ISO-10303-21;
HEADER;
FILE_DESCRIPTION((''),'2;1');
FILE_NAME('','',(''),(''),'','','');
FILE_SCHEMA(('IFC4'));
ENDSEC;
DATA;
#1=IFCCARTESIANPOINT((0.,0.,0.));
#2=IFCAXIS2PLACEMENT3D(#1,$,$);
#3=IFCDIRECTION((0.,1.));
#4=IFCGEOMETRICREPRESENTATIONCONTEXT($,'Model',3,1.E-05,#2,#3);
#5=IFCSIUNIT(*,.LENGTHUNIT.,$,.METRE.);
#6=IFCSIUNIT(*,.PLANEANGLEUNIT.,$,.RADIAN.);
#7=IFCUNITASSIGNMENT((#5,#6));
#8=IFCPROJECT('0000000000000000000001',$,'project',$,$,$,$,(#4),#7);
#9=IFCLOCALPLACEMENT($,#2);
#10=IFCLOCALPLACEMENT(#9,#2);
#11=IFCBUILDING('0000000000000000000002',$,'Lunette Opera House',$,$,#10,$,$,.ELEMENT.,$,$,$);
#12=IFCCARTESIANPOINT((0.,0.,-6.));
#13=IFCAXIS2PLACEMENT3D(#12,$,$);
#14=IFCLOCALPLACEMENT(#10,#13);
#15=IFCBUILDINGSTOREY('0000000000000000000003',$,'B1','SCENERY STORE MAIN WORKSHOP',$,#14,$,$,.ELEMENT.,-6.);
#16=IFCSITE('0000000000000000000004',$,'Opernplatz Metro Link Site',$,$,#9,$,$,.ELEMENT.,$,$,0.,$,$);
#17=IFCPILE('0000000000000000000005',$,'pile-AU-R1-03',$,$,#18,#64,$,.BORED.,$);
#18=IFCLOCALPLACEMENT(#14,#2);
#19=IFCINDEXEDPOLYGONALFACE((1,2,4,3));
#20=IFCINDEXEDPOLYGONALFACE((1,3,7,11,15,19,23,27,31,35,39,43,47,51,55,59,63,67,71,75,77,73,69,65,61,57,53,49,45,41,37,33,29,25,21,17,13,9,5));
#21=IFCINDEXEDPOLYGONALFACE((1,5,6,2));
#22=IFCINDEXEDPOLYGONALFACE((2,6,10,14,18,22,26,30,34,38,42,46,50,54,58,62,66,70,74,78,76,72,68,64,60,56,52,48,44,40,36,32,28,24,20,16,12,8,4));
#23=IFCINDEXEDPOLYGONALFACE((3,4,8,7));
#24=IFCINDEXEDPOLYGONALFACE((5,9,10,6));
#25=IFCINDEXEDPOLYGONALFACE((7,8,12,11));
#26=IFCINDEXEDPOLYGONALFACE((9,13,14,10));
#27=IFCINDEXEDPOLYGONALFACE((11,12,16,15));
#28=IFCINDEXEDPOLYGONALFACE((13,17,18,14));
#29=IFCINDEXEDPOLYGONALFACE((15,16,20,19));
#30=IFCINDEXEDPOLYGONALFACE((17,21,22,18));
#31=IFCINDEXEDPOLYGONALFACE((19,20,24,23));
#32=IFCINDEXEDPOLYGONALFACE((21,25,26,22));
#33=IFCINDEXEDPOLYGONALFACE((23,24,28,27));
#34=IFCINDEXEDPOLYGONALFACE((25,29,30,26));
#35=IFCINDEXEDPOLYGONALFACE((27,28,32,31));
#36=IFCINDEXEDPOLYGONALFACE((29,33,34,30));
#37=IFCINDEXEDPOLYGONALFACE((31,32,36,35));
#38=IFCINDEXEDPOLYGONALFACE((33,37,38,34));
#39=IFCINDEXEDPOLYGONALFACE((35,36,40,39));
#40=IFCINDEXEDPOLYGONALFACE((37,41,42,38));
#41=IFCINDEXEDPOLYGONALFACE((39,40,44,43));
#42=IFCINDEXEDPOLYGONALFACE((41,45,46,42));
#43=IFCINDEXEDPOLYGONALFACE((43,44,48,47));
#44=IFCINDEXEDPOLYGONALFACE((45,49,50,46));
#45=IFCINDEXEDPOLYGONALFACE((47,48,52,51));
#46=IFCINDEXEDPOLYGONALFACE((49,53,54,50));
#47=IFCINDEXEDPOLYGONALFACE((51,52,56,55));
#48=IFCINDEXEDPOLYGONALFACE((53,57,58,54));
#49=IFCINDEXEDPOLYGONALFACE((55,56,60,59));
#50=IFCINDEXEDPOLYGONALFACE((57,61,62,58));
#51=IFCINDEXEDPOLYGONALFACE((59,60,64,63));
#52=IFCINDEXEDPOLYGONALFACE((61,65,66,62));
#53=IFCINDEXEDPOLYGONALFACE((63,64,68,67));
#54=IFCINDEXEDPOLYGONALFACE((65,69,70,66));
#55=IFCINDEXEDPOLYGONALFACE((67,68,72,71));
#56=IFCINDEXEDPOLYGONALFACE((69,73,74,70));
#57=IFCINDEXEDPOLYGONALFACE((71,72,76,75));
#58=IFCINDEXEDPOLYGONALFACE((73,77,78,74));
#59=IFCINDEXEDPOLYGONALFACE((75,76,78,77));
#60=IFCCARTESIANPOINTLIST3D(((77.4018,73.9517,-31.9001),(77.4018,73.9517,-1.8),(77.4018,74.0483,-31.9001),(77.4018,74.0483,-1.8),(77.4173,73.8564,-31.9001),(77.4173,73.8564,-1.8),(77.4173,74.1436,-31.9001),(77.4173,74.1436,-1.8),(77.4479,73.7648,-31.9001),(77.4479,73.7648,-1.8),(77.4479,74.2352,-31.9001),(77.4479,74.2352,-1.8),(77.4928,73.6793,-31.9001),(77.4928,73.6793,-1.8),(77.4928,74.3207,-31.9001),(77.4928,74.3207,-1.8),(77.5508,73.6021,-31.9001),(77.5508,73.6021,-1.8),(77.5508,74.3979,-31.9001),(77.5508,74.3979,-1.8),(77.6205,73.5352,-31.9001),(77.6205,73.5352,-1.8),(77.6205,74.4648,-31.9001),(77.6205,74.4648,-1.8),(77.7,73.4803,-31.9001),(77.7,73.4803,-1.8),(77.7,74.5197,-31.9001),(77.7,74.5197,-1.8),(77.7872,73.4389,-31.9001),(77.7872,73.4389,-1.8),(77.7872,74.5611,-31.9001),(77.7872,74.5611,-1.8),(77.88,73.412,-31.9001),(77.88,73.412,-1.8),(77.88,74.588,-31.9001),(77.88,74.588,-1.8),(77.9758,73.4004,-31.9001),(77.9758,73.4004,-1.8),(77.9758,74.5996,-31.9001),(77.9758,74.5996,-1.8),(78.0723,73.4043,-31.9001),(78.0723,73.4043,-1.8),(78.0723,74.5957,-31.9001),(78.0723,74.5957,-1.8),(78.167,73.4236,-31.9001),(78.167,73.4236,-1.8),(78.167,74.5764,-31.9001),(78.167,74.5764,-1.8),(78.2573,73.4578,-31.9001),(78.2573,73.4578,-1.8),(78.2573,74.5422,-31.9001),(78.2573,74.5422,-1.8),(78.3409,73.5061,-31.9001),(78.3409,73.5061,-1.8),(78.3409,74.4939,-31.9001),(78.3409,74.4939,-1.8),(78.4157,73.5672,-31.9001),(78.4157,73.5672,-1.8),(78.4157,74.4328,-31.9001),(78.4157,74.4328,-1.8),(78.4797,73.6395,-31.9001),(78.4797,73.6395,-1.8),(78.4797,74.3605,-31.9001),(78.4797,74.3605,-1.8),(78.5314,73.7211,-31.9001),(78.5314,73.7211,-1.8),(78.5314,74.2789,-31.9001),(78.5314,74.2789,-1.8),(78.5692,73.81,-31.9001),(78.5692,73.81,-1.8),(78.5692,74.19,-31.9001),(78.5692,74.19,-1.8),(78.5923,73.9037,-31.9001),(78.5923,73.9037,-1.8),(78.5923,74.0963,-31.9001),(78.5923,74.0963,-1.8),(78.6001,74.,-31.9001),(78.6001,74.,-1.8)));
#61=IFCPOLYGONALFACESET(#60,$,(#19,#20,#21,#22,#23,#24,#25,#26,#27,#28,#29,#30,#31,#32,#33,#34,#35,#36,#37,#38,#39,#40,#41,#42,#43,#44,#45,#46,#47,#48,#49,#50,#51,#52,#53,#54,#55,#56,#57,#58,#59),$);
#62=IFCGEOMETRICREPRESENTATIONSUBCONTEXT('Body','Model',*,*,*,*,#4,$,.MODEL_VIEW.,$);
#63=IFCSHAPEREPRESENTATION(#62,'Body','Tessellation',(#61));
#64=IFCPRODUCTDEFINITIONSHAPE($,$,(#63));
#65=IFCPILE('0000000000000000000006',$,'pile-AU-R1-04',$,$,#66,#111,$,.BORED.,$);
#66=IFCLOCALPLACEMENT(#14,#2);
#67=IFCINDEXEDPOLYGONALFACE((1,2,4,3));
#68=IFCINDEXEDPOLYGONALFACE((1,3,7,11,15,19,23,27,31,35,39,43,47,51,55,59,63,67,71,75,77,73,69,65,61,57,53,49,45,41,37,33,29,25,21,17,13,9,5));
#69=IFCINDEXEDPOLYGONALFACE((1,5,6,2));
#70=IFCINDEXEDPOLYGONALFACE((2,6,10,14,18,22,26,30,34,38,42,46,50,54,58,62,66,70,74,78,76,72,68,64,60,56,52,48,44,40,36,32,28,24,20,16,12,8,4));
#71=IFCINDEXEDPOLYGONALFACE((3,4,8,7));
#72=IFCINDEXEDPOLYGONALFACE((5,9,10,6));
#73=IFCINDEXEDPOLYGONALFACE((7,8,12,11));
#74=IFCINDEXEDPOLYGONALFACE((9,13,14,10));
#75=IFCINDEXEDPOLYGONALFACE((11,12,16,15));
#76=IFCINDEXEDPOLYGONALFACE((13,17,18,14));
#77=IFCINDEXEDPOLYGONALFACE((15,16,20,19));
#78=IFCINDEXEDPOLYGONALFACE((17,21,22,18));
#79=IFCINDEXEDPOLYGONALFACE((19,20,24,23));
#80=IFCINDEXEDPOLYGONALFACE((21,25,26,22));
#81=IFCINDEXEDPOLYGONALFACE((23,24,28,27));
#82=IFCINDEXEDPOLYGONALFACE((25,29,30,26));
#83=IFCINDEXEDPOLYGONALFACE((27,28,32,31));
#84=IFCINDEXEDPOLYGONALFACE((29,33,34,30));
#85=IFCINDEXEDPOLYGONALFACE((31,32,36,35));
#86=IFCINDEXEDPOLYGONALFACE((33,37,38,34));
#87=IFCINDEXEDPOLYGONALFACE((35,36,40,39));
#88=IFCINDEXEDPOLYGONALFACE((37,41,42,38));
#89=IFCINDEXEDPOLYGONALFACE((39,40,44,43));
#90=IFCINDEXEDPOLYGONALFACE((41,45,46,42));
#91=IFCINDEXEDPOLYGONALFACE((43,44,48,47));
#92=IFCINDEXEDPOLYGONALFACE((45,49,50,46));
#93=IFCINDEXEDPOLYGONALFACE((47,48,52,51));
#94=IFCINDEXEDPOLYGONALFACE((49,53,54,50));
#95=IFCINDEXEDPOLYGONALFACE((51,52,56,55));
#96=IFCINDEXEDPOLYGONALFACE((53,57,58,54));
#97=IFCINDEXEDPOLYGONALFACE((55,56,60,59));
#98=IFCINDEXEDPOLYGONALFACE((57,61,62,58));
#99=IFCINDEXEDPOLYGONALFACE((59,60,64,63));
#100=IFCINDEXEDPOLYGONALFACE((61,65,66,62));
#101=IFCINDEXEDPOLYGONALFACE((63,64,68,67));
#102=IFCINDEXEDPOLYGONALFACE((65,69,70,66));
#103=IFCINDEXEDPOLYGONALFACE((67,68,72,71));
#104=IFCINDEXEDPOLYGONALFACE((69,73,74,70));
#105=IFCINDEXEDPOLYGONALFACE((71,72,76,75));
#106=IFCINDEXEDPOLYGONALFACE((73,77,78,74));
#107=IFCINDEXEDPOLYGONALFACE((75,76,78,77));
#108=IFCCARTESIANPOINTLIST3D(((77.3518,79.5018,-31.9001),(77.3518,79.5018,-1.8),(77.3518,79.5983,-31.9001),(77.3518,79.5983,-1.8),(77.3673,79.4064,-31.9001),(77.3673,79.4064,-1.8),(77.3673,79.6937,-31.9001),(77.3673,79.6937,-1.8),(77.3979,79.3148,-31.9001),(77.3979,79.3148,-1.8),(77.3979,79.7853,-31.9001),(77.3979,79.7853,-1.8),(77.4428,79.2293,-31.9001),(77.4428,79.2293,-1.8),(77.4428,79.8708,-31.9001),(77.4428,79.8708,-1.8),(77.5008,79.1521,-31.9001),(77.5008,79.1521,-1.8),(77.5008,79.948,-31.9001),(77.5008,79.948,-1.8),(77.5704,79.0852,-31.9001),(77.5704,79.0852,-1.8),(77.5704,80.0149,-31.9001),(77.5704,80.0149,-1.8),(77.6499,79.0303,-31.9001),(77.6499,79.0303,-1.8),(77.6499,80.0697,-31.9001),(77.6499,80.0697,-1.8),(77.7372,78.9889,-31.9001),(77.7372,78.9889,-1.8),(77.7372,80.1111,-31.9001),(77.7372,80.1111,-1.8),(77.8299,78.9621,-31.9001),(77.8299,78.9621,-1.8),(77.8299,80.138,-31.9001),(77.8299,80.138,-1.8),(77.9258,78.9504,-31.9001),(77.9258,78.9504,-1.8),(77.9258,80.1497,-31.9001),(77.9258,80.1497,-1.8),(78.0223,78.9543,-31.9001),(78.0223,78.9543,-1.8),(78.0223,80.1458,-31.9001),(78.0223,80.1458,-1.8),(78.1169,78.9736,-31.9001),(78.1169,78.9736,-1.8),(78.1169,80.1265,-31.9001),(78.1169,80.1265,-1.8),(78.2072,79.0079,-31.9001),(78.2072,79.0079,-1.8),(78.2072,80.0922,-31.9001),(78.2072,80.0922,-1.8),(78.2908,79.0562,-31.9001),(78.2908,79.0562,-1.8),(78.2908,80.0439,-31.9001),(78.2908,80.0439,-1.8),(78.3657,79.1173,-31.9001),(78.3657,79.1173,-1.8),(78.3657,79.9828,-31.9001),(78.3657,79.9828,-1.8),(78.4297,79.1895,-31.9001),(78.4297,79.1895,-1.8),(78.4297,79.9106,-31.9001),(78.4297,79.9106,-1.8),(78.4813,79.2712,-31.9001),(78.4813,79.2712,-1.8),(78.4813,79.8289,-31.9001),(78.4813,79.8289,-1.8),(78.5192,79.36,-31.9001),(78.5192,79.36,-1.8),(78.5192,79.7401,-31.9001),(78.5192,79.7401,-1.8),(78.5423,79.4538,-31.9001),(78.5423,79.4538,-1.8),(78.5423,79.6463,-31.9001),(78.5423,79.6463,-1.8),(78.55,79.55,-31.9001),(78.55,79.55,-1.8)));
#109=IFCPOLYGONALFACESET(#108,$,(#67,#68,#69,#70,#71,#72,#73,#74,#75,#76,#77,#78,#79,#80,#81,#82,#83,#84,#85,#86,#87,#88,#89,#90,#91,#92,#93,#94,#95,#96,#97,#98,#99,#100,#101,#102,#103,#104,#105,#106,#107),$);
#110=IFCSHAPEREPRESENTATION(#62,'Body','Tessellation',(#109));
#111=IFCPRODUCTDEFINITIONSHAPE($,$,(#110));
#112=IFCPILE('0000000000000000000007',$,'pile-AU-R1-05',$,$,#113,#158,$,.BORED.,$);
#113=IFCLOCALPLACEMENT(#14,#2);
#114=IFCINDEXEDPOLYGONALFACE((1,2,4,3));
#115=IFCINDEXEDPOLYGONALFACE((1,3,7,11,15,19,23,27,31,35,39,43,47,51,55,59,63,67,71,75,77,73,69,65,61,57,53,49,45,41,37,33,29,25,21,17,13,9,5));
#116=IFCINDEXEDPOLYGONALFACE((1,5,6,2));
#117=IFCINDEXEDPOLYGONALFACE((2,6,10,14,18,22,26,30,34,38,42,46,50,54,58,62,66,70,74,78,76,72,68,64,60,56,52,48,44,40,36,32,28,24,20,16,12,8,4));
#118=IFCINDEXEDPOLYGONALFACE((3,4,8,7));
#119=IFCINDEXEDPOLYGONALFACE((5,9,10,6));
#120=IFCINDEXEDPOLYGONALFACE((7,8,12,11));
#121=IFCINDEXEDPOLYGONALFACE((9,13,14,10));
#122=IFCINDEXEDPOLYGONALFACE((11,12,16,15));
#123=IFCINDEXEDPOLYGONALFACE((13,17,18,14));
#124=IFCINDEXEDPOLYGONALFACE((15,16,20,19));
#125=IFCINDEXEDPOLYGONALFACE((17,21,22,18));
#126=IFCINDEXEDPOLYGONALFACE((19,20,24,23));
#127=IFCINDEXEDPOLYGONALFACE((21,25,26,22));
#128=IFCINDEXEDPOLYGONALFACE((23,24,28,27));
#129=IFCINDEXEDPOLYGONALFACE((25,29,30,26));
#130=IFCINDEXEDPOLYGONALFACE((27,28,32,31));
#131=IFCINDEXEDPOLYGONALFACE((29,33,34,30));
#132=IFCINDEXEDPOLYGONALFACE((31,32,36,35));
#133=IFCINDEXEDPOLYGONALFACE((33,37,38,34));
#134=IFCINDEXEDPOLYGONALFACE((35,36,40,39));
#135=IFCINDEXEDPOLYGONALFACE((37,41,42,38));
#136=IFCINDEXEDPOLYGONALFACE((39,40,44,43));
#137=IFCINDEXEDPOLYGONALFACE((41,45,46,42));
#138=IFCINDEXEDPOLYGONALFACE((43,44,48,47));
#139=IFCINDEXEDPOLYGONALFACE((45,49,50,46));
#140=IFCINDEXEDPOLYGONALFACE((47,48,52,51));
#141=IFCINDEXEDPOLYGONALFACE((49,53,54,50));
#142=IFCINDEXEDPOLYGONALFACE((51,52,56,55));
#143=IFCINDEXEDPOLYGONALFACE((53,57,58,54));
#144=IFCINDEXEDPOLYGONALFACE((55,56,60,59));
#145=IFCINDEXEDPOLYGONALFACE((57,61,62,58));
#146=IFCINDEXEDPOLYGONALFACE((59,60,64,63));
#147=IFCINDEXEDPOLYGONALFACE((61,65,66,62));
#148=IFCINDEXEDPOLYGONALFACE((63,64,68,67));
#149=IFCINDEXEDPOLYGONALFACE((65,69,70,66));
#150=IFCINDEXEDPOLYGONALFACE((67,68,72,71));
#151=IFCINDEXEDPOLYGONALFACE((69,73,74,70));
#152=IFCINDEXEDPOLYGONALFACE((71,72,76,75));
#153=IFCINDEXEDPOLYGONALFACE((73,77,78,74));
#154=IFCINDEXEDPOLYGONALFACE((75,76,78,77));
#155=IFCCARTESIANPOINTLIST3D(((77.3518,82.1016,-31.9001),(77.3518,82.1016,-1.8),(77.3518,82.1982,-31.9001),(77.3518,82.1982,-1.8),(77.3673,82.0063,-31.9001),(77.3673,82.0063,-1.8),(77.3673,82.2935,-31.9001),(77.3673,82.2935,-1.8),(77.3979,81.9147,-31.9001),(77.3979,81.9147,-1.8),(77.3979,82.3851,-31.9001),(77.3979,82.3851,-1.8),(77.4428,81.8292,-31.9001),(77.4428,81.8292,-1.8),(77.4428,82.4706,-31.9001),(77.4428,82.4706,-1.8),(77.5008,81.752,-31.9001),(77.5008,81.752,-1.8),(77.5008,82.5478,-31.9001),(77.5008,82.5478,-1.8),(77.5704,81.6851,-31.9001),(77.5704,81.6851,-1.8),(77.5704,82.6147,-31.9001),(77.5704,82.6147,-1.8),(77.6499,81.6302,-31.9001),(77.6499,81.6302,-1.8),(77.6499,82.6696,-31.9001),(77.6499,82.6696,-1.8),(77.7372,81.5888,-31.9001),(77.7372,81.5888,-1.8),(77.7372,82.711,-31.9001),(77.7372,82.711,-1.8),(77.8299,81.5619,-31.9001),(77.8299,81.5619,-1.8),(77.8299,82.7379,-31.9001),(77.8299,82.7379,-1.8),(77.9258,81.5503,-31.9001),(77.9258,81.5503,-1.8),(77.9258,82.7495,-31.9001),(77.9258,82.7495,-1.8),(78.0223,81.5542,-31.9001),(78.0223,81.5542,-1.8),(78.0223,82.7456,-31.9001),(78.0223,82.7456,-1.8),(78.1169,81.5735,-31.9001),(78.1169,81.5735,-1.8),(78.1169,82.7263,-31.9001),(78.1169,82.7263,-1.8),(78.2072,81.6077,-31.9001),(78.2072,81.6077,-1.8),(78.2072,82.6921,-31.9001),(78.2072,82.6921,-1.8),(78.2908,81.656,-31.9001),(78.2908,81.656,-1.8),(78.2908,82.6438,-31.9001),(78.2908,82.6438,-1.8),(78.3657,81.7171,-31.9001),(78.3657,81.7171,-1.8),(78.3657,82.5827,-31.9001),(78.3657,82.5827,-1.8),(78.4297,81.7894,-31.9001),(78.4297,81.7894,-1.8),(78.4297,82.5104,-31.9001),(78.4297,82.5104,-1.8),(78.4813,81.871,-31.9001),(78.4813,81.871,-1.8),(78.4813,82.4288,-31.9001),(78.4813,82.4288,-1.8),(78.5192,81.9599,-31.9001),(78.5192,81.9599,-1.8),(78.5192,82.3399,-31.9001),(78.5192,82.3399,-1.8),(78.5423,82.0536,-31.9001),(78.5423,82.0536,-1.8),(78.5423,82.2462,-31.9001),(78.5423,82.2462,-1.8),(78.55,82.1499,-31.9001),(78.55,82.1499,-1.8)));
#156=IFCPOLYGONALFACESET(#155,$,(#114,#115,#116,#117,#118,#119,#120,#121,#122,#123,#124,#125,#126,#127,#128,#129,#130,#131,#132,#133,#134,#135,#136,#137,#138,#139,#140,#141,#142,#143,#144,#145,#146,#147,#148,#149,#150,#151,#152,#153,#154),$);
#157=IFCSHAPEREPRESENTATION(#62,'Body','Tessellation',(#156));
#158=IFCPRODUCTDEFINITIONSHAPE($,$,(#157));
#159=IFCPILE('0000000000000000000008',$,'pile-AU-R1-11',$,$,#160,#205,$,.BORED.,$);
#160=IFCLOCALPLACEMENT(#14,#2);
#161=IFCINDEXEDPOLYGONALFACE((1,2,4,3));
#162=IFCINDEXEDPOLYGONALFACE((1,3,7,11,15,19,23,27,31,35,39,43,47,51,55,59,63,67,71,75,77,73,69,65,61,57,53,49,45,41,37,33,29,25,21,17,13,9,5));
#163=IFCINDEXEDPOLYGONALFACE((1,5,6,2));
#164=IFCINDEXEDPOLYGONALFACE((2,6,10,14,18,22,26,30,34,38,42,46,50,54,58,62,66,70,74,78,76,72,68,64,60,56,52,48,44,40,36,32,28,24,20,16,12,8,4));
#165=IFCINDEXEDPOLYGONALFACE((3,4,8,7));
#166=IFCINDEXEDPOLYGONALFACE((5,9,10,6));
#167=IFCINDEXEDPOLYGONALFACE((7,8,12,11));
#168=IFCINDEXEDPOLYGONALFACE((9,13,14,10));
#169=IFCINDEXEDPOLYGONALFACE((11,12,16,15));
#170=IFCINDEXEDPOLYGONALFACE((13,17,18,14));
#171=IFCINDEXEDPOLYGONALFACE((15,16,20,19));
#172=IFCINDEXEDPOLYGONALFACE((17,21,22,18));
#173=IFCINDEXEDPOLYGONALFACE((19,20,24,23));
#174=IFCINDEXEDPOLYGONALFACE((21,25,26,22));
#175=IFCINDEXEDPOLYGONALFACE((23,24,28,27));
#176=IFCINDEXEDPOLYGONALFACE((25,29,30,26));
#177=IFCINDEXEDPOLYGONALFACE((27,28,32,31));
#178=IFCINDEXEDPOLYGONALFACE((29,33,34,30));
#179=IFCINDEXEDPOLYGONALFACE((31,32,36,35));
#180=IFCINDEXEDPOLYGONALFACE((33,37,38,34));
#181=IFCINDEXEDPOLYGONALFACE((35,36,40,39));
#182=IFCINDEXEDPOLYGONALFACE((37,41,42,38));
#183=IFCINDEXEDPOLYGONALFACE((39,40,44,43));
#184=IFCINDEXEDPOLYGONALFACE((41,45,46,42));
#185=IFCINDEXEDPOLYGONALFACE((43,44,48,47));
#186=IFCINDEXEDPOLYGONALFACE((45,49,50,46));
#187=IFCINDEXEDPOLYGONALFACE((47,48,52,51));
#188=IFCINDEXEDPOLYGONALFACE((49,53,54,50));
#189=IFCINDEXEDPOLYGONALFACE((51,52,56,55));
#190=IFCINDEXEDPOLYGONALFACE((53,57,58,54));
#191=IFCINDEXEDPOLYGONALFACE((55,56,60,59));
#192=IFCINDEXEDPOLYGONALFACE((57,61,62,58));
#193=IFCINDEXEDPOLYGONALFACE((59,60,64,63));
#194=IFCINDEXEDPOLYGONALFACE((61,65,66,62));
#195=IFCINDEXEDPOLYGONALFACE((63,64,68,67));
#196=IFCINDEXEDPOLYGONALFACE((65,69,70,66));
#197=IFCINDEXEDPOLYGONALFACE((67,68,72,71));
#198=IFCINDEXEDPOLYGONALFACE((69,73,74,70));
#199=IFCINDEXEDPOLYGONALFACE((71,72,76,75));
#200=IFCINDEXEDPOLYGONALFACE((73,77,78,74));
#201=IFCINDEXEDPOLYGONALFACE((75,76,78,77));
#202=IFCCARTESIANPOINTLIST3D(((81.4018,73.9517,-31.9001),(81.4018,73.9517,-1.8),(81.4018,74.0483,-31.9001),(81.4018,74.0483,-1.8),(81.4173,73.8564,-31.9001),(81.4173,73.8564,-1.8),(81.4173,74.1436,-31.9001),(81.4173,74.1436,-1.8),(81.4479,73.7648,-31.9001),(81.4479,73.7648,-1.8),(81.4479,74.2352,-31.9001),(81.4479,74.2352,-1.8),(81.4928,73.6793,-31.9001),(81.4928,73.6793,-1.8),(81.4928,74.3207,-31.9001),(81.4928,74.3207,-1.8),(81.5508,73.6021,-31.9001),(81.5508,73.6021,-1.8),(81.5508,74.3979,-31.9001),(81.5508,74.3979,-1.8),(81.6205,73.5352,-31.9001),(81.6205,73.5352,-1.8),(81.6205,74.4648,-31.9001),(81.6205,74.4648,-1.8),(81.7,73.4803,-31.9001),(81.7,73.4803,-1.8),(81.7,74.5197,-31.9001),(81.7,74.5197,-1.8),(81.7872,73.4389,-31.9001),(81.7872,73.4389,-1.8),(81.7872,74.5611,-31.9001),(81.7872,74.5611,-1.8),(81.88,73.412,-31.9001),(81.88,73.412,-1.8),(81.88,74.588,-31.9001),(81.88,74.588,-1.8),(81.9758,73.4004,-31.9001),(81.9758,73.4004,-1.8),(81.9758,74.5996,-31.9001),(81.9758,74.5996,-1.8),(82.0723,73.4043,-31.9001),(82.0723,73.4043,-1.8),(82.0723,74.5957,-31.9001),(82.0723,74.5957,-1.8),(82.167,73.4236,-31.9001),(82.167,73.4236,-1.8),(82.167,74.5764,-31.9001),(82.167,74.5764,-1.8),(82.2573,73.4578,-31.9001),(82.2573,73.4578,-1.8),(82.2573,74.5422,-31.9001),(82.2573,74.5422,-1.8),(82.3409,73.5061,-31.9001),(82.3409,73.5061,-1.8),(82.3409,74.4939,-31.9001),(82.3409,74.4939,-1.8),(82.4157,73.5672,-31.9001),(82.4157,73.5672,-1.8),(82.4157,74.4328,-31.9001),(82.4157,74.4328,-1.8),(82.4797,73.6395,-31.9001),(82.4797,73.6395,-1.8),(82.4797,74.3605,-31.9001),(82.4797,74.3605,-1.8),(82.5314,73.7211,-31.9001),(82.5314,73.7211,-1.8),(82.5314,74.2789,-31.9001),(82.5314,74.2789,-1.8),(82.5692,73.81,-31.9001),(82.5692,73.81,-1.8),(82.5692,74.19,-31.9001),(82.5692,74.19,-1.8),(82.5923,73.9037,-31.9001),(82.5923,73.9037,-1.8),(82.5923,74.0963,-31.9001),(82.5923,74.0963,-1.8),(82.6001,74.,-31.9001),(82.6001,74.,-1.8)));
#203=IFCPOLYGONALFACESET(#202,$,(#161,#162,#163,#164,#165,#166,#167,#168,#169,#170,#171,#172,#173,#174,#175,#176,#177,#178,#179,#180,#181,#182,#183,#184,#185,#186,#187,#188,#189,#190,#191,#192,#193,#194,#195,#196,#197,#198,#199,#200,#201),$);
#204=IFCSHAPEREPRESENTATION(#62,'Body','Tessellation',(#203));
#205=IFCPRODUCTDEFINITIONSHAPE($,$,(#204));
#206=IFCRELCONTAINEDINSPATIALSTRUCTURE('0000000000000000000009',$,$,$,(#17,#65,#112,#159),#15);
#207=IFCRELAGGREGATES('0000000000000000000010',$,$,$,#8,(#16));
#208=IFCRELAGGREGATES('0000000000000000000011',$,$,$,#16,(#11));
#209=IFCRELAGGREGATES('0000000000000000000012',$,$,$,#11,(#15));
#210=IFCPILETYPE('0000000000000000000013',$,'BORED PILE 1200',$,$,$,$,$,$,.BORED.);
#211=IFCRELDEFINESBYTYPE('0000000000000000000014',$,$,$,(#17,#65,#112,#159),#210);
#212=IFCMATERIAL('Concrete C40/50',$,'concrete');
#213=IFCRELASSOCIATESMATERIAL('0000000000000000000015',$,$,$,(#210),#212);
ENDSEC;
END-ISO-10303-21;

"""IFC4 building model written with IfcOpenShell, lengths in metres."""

from ifc_helpers import new_model, si_unit, direction, frame, origin, origin_2d, place, context, subcontext, project, spatial, circle, extrude, material, material_profile, profile_set, type_object, element, save


model = new_model("IFC4")

# Units and contexts
model_context = context("Model", 3, precision=1e-05, world=origin(), true_north=direction((0.0, 1.0)))
body_context = subcontext(model_context, "Body", "Model", "MODEL_VIEW")
ifc_project = project(units=[si_unit("LENGTHUNIT", "METRE"), si_unit("PLANEANGLEUNIT", "RADIAN")], contexts=[model_context])

# Site, building, storey
site_placement = place(None, origin())
site = spatial("IfcSite", under=ifc_project, at=site_placement, Name="Opernplatz Metro Link Site", CompositionType="ELEMENT", RefElevation=0.0)
building_placement = place(site_placement, origin())
building = spatial("IfcBuilding", under=site, at=building_placement, Name="Lunette Opera House", CompositionType="ELEMENT")
storey_placement = place(building_placement, frame((0.0, 0.0, -6.0)))
storey = spatial("IfcBuildingStorey", under=building, at=storey_placement, Name="B1", Description="SCENERY STORE MAIN WORKSHOP", CompositionType="ELEMENT", Elevation=-6.0)

# Piles
ifc_material_1 = material(Name="Concrete C40/50", Category="concrete")
ifc_material_profile_1 = material_profile(ifc_material_1, circle(Radius=0.6001, at=origin_2d()), Name="BORED PILE 1200")
ifc_profile_set_1 = profile_set([ifc_material_profile_1], Name="Concrete C40/50")
pile_type = type_object("IfcPileType", Name="BORED PILE 1200", PredefinedType="BORED", material=ifc_profile_set_1)
for number, where, z_axis, x_axis, name in (
    (1, (78.0, 74.0, -1.8), (0.0, 0.0, -1.0), (1.0, 0.0, 0.0), "pile-AU-R1-03"),
    (2, (77.95, 79.55, -1.8), (0.0, 0.0, -1.0), (1.0, 0.0, 0.0), "pile-AU-R1-04"),
    (3, (77.95, 82.1499, -1.8), (0.0, 0.0, -1.0), (1.0, 0.0, 0.0), "pile-AU-R1-05"),
    (4, (82.0, 74.0, -1.8), (0.0, 0.0, -1.0), (1.0, 0.0, 0.0), "pile-AU-R1-11"),
):
    element("IfcPile", number, at=place(storey_placement, frame(where, z_axis=z_axis, x_axis=x_axis)), inside=storey, type_object=pile_type, Name=name, PredefinedType="BORED", context=body_context, shape_type="SweptSolid", body=[
        extrude(circle(Radius=0.6001, at=origin_2d()), origin(), (0.0, 0.0, 1.0), 30.1001),
    ])

save(model, "model.ifc")
